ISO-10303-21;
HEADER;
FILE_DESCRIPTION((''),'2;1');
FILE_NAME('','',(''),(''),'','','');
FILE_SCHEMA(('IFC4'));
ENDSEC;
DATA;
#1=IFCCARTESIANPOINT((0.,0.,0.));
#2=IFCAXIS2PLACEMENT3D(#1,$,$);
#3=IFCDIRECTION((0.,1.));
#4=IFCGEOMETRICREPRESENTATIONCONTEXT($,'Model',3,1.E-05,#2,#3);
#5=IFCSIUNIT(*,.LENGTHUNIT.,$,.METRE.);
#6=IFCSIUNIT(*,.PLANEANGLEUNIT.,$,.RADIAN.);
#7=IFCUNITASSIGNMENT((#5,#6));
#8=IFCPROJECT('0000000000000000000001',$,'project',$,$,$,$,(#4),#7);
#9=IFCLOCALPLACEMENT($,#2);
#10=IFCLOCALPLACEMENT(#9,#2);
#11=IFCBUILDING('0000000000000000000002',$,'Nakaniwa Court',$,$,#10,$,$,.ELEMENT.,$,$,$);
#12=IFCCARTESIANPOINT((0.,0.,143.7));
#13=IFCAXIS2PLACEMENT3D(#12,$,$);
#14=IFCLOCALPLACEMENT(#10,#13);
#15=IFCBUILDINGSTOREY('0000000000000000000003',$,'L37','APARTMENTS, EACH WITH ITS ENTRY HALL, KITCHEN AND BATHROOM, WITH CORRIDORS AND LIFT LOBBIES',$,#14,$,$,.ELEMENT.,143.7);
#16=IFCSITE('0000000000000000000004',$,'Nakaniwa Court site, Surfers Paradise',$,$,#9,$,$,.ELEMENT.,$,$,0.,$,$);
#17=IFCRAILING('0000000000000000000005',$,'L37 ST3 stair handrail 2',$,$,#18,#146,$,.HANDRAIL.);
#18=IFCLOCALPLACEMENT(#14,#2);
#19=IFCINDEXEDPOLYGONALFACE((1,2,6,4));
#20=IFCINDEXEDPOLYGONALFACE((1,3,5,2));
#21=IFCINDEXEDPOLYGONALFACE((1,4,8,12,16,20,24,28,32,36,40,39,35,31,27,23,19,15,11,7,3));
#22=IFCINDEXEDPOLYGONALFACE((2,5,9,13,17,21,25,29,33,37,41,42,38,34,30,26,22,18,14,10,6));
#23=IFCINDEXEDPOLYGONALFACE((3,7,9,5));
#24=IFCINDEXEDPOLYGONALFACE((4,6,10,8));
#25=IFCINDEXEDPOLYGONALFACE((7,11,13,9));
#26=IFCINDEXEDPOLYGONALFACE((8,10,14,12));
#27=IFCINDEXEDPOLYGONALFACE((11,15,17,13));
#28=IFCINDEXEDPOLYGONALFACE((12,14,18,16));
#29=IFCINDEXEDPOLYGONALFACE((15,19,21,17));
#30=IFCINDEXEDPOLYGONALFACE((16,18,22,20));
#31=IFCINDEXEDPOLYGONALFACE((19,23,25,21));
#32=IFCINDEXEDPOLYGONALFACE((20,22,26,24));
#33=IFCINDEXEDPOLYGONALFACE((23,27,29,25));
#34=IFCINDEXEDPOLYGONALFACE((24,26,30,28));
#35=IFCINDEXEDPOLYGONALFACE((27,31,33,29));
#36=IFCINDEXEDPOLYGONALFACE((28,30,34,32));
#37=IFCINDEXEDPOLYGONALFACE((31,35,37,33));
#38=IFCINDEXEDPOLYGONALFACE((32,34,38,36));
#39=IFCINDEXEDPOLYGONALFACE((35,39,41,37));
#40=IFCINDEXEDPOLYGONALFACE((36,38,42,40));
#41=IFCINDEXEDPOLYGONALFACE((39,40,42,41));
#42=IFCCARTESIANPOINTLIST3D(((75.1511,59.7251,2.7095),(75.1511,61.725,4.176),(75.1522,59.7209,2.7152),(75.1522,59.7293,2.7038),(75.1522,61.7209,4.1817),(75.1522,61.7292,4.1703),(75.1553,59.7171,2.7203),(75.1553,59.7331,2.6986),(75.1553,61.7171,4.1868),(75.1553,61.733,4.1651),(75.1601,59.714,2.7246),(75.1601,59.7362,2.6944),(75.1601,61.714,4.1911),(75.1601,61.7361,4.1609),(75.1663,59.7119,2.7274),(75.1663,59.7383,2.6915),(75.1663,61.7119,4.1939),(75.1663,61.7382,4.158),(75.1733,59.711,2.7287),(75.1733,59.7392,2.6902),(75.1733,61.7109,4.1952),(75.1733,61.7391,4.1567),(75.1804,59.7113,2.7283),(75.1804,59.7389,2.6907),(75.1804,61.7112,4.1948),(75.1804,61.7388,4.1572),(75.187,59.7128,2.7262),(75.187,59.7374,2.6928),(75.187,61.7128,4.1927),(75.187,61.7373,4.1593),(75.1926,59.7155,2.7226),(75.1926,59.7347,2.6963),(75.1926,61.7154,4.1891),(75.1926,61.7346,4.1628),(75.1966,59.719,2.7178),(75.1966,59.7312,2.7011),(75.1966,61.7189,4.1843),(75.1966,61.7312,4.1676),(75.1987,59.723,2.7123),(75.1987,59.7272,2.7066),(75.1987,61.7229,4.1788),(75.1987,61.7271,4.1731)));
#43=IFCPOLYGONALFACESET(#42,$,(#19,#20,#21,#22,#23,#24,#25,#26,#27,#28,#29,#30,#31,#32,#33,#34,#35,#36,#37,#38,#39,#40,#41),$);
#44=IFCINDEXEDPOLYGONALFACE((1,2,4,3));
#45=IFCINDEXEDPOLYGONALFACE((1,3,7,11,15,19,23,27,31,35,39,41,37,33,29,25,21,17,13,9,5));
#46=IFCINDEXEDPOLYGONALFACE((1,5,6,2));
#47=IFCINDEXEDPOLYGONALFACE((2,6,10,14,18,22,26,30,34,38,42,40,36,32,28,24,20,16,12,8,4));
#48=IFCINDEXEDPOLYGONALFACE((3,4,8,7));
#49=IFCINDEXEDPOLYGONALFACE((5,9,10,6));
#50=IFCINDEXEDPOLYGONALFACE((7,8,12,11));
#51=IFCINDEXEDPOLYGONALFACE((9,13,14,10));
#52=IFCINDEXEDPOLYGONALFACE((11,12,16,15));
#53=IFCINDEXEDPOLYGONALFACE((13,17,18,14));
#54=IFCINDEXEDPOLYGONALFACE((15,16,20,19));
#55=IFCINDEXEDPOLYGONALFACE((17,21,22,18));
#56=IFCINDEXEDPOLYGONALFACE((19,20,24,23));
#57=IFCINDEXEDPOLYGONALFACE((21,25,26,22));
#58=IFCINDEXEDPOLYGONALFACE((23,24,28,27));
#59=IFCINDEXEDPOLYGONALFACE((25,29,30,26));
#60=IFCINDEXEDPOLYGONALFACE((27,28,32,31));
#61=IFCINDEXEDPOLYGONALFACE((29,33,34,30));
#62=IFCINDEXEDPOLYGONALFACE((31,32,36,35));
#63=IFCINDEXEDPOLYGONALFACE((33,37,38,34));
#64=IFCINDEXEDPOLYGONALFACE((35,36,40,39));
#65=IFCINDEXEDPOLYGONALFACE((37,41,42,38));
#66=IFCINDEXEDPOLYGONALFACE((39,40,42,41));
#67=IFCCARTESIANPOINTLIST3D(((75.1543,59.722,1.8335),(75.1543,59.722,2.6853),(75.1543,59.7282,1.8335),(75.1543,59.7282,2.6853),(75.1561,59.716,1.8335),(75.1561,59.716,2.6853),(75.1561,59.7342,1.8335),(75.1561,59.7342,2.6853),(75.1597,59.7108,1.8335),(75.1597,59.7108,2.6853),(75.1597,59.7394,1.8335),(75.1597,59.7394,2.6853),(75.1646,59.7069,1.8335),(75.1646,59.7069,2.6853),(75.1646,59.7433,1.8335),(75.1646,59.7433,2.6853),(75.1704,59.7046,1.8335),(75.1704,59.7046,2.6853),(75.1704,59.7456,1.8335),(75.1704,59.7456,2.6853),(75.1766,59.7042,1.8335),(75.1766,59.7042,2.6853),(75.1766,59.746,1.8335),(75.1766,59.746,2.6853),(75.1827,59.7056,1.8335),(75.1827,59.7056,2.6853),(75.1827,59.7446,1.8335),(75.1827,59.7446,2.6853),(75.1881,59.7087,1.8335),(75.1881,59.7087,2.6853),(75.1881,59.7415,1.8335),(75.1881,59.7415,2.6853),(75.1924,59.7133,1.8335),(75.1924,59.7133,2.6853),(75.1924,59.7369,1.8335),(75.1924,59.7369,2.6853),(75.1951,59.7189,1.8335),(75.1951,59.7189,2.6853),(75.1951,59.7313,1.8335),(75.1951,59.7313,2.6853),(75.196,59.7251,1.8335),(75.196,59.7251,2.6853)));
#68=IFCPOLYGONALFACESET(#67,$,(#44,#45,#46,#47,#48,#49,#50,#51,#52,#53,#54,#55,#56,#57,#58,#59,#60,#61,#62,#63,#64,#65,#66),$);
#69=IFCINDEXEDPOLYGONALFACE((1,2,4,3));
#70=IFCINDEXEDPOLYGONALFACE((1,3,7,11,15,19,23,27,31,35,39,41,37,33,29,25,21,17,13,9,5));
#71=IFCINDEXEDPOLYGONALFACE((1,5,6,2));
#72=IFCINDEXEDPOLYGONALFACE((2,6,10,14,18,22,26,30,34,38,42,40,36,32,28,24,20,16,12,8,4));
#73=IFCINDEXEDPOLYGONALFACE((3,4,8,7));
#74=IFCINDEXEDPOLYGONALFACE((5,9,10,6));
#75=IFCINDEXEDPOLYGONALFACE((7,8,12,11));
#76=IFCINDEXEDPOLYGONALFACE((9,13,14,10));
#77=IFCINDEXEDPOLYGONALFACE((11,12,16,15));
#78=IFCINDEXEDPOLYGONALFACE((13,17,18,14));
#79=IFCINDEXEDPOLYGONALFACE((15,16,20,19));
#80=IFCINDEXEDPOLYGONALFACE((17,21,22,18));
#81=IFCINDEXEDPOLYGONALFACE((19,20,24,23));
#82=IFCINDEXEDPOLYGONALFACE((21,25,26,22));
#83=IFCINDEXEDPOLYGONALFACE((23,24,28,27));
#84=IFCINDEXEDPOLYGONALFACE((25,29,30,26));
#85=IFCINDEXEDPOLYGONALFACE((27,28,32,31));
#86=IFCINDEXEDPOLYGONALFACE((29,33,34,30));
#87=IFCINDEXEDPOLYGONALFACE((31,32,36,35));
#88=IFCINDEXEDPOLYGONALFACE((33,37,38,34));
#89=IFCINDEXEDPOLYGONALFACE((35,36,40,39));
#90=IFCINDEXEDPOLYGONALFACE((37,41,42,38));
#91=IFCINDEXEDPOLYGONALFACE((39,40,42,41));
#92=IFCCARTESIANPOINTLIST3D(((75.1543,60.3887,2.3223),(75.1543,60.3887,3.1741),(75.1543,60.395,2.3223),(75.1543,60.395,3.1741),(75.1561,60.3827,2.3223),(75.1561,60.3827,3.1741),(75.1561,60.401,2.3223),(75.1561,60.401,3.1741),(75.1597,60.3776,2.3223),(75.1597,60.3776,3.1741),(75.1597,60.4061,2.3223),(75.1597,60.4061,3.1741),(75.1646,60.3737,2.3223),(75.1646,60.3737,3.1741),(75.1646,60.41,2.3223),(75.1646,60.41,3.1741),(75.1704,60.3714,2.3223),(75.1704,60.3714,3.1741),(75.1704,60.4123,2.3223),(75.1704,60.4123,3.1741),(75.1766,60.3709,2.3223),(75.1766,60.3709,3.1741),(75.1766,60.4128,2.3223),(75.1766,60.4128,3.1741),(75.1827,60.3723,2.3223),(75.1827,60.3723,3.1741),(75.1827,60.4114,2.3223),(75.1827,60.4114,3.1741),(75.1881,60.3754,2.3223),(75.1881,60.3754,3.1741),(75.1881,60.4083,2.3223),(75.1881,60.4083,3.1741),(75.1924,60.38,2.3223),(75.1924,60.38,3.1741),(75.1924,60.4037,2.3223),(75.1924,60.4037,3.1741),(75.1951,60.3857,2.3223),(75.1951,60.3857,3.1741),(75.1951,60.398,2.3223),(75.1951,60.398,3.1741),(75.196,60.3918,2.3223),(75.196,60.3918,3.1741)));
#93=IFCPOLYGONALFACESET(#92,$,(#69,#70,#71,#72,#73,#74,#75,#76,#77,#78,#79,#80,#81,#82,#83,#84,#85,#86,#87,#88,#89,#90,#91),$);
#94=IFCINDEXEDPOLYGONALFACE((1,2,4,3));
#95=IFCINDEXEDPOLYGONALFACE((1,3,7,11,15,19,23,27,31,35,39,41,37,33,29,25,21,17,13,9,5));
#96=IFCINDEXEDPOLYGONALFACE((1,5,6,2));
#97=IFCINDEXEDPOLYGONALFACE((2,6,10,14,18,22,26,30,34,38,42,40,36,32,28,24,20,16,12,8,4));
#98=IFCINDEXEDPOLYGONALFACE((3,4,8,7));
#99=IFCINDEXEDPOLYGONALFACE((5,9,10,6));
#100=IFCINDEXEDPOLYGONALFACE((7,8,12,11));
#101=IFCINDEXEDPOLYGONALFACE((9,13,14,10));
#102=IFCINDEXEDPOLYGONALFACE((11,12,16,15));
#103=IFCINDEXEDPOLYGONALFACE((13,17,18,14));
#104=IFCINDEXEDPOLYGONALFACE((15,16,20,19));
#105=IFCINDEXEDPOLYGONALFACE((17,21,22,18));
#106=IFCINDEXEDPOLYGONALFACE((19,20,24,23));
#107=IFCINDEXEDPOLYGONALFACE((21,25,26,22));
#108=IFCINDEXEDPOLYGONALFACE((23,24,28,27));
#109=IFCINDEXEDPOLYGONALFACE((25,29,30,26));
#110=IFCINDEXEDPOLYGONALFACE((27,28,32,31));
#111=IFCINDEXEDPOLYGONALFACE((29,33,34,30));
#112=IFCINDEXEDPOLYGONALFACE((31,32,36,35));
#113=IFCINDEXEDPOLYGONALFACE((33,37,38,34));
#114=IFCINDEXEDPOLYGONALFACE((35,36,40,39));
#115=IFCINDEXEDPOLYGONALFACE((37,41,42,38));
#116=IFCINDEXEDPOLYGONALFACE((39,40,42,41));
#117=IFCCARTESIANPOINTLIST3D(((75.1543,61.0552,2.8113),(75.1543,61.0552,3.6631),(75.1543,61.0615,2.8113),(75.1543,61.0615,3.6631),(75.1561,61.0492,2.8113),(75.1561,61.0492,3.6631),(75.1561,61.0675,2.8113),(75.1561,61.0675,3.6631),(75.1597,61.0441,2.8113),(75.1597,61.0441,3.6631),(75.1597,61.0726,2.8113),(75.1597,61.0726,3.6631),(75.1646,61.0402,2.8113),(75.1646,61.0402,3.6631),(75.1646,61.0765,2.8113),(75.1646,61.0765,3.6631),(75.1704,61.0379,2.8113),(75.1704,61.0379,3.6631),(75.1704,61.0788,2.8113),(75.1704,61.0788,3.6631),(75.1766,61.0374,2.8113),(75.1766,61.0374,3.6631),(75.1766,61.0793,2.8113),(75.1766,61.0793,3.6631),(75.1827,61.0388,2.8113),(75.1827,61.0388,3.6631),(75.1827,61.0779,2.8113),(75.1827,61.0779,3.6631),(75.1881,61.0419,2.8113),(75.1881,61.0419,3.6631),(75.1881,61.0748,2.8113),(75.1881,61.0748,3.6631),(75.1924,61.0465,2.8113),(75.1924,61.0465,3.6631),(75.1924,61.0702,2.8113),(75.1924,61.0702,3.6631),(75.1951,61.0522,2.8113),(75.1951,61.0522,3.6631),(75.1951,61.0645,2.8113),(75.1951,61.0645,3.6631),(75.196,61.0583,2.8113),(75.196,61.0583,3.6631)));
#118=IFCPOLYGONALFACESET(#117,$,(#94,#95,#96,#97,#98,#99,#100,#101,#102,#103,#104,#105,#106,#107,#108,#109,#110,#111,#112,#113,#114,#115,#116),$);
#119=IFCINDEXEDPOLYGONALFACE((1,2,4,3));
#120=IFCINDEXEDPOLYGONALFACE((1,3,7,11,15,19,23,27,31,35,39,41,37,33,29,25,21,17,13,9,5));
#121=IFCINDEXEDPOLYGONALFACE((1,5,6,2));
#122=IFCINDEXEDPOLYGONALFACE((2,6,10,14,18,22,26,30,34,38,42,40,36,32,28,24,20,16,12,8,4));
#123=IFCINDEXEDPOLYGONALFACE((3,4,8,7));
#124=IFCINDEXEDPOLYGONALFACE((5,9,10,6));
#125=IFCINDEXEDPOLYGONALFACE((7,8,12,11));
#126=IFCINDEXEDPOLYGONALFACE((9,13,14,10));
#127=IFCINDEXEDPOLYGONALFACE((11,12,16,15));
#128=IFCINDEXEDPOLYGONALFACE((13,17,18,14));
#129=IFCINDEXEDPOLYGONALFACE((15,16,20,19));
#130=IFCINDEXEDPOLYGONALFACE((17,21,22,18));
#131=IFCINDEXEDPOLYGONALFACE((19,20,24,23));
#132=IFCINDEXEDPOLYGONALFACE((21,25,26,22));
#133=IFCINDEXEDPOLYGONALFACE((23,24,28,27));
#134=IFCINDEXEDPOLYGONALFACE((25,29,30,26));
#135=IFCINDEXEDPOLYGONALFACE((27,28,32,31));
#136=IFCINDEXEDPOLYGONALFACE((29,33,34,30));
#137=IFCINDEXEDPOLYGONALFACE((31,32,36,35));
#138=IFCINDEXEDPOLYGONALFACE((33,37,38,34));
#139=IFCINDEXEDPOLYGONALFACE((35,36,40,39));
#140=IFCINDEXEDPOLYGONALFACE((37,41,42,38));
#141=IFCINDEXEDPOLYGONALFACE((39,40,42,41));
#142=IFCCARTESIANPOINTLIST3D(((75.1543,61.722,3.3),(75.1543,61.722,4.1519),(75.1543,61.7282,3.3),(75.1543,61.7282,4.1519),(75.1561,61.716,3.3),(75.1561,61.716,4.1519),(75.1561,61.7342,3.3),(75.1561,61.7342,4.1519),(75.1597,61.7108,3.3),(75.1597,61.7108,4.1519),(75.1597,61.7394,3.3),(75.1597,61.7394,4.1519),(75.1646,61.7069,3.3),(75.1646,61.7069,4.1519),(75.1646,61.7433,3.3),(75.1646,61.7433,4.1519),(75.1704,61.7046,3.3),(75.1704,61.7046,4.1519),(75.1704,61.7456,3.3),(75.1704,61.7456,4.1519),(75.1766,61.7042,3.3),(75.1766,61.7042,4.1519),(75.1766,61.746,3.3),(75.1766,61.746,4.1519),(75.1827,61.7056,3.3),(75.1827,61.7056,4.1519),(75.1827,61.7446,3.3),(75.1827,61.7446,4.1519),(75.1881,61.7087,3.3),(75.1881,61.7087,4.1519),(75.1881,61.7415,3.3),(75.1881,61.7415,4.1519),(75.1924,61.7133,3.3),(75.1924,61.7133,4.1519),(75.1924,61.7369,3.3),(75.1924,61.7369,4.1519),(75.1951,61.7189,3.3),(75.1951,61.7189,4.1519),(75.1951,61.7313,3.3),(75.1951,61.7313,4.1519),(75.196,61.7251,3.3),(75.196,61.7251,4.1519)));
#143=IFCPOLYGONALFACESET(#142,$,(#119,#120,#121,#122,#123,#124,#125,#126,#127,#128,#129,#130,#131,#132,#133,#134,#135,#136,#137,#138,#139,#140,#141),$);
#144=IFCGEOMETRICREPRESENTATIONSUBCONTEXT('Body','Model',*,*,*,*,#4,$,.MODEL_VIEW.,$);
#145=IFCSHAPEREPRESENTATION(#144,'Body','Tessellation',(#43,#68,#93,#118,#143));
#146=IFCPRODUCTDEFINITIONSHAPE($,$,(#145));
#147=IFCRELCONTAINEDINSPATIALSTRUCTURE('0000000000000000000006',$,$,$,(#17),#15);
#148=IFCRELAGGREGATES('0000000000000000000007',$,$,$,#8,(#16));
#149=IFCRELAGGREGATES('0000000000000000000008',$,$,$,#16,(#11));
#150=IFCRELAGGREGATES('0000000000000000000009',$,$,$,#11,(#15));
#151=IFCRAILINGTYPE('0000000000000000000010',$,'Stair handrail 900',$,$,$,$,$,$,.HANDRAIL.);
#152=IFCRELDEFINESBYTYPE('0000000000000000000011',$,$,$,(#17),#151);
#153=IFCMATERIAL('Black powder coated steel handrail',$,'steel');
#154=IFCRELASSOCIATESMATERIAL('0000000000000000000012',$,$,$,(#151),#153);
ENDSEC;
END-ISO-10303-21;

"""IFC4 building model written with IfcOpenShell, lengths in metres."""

from ifc_helpers import new_model, si_unit, direction, frame, origin, origin_2d, place, context, subcontext, project, spatial, circle, extrude, material, type_object, element, save


model = new_model("IFC4")

# Units and contexts
model_context = context("Model", 3, precision=1e-05, world=origin(), true_north=direction((0.0, 1.0)))
body_context = subcontext(model_context, "Body", "Model", "MODEL_VIEW")
ifc_project = project(units=[si_unit("LENGTHUNIT", "METRE"), si_unit("PLANEANGLEUNIT", "RADIAN")], contexts=[model_context])

# Site, building, storey
site_placement = place(None, origin())
site = spatial("IfcSite", under=ifc_project, at=site_placement, Name="Nakaniwa Court site, Surfers Paradise", CompositionType="ELEMENT", RefElevation=0.0)
building_placement = place(site_placement, origin())
building = spatial("IfcBuilding", under=site, at=building_placement, Name="Nakaniwa Court", CompositionType="ELEMENT")
storey_placement = place(building_placement, frame((0.0, 0.0, 143.7)))
storey = spatial("IfcBuildingStorey", under=building, at=storey_placement, Name="L37", Description="APARTMENTS, EACH WITH ITS ENTRY HALL, KITCHEN AND BATHROOM, WITH CORRIDORS AND LIFT LOBBIES", CompositionType="ELEMENT", Elevation=143.7)

# Railing
ifc_material_1 = material(Name="Black powder coated steel handrail", Category="steel")
railing_type_1 = type_object("IfcRailingType", Name="Stair handrail 900", PredefinedType="HANDRAIL", material=ifc_material_1)
railing_1_placement = place(storey_placement, frame((75.175, 59.7251, 1.8335)))
element("IfcRailing", 1, at=railing_1_placement, inside=storey, type_object=railing_type_1, Name="L37 ST3 stair handrail 2", PredefinedType="HANDRAIL", context=body_context, shape_type="SweptSolid", body=[
    extrude(circle(Radius=0.0239, at=origin_2d()), frame((0.0, 0.0, 0.876), z_axis=(0.0, 0.806427, 0.591334), x_axis=(-1.0, 0.0, 0.0)), (0.0, 0.0, 1.0), 2.48),
    extrude(circle(Radius=0.021, at=origin_2d()), origin(), (0.0, 0.0, 1.0), 0.8518),
    extrude(circle(Radius=0.021, at=origin_2d()), frame((0.0, 0.6667, 0.4888)), (0.0, 0.0, 1.0), 0.8518),
    extrude(circle(Radius=0.021, at=origin_2d()), frame((0.0, 1.3333, 0.9778)), (0.0, 0.0, 1.0), 0.8518),
    extrude(circle(Radius=0.021, at=origin_2d()), frame((0.0, 2.0, 1.4666)), (0.0, 0.0, 1.0), 0.8518),
])

save(model, "model.ifc")
